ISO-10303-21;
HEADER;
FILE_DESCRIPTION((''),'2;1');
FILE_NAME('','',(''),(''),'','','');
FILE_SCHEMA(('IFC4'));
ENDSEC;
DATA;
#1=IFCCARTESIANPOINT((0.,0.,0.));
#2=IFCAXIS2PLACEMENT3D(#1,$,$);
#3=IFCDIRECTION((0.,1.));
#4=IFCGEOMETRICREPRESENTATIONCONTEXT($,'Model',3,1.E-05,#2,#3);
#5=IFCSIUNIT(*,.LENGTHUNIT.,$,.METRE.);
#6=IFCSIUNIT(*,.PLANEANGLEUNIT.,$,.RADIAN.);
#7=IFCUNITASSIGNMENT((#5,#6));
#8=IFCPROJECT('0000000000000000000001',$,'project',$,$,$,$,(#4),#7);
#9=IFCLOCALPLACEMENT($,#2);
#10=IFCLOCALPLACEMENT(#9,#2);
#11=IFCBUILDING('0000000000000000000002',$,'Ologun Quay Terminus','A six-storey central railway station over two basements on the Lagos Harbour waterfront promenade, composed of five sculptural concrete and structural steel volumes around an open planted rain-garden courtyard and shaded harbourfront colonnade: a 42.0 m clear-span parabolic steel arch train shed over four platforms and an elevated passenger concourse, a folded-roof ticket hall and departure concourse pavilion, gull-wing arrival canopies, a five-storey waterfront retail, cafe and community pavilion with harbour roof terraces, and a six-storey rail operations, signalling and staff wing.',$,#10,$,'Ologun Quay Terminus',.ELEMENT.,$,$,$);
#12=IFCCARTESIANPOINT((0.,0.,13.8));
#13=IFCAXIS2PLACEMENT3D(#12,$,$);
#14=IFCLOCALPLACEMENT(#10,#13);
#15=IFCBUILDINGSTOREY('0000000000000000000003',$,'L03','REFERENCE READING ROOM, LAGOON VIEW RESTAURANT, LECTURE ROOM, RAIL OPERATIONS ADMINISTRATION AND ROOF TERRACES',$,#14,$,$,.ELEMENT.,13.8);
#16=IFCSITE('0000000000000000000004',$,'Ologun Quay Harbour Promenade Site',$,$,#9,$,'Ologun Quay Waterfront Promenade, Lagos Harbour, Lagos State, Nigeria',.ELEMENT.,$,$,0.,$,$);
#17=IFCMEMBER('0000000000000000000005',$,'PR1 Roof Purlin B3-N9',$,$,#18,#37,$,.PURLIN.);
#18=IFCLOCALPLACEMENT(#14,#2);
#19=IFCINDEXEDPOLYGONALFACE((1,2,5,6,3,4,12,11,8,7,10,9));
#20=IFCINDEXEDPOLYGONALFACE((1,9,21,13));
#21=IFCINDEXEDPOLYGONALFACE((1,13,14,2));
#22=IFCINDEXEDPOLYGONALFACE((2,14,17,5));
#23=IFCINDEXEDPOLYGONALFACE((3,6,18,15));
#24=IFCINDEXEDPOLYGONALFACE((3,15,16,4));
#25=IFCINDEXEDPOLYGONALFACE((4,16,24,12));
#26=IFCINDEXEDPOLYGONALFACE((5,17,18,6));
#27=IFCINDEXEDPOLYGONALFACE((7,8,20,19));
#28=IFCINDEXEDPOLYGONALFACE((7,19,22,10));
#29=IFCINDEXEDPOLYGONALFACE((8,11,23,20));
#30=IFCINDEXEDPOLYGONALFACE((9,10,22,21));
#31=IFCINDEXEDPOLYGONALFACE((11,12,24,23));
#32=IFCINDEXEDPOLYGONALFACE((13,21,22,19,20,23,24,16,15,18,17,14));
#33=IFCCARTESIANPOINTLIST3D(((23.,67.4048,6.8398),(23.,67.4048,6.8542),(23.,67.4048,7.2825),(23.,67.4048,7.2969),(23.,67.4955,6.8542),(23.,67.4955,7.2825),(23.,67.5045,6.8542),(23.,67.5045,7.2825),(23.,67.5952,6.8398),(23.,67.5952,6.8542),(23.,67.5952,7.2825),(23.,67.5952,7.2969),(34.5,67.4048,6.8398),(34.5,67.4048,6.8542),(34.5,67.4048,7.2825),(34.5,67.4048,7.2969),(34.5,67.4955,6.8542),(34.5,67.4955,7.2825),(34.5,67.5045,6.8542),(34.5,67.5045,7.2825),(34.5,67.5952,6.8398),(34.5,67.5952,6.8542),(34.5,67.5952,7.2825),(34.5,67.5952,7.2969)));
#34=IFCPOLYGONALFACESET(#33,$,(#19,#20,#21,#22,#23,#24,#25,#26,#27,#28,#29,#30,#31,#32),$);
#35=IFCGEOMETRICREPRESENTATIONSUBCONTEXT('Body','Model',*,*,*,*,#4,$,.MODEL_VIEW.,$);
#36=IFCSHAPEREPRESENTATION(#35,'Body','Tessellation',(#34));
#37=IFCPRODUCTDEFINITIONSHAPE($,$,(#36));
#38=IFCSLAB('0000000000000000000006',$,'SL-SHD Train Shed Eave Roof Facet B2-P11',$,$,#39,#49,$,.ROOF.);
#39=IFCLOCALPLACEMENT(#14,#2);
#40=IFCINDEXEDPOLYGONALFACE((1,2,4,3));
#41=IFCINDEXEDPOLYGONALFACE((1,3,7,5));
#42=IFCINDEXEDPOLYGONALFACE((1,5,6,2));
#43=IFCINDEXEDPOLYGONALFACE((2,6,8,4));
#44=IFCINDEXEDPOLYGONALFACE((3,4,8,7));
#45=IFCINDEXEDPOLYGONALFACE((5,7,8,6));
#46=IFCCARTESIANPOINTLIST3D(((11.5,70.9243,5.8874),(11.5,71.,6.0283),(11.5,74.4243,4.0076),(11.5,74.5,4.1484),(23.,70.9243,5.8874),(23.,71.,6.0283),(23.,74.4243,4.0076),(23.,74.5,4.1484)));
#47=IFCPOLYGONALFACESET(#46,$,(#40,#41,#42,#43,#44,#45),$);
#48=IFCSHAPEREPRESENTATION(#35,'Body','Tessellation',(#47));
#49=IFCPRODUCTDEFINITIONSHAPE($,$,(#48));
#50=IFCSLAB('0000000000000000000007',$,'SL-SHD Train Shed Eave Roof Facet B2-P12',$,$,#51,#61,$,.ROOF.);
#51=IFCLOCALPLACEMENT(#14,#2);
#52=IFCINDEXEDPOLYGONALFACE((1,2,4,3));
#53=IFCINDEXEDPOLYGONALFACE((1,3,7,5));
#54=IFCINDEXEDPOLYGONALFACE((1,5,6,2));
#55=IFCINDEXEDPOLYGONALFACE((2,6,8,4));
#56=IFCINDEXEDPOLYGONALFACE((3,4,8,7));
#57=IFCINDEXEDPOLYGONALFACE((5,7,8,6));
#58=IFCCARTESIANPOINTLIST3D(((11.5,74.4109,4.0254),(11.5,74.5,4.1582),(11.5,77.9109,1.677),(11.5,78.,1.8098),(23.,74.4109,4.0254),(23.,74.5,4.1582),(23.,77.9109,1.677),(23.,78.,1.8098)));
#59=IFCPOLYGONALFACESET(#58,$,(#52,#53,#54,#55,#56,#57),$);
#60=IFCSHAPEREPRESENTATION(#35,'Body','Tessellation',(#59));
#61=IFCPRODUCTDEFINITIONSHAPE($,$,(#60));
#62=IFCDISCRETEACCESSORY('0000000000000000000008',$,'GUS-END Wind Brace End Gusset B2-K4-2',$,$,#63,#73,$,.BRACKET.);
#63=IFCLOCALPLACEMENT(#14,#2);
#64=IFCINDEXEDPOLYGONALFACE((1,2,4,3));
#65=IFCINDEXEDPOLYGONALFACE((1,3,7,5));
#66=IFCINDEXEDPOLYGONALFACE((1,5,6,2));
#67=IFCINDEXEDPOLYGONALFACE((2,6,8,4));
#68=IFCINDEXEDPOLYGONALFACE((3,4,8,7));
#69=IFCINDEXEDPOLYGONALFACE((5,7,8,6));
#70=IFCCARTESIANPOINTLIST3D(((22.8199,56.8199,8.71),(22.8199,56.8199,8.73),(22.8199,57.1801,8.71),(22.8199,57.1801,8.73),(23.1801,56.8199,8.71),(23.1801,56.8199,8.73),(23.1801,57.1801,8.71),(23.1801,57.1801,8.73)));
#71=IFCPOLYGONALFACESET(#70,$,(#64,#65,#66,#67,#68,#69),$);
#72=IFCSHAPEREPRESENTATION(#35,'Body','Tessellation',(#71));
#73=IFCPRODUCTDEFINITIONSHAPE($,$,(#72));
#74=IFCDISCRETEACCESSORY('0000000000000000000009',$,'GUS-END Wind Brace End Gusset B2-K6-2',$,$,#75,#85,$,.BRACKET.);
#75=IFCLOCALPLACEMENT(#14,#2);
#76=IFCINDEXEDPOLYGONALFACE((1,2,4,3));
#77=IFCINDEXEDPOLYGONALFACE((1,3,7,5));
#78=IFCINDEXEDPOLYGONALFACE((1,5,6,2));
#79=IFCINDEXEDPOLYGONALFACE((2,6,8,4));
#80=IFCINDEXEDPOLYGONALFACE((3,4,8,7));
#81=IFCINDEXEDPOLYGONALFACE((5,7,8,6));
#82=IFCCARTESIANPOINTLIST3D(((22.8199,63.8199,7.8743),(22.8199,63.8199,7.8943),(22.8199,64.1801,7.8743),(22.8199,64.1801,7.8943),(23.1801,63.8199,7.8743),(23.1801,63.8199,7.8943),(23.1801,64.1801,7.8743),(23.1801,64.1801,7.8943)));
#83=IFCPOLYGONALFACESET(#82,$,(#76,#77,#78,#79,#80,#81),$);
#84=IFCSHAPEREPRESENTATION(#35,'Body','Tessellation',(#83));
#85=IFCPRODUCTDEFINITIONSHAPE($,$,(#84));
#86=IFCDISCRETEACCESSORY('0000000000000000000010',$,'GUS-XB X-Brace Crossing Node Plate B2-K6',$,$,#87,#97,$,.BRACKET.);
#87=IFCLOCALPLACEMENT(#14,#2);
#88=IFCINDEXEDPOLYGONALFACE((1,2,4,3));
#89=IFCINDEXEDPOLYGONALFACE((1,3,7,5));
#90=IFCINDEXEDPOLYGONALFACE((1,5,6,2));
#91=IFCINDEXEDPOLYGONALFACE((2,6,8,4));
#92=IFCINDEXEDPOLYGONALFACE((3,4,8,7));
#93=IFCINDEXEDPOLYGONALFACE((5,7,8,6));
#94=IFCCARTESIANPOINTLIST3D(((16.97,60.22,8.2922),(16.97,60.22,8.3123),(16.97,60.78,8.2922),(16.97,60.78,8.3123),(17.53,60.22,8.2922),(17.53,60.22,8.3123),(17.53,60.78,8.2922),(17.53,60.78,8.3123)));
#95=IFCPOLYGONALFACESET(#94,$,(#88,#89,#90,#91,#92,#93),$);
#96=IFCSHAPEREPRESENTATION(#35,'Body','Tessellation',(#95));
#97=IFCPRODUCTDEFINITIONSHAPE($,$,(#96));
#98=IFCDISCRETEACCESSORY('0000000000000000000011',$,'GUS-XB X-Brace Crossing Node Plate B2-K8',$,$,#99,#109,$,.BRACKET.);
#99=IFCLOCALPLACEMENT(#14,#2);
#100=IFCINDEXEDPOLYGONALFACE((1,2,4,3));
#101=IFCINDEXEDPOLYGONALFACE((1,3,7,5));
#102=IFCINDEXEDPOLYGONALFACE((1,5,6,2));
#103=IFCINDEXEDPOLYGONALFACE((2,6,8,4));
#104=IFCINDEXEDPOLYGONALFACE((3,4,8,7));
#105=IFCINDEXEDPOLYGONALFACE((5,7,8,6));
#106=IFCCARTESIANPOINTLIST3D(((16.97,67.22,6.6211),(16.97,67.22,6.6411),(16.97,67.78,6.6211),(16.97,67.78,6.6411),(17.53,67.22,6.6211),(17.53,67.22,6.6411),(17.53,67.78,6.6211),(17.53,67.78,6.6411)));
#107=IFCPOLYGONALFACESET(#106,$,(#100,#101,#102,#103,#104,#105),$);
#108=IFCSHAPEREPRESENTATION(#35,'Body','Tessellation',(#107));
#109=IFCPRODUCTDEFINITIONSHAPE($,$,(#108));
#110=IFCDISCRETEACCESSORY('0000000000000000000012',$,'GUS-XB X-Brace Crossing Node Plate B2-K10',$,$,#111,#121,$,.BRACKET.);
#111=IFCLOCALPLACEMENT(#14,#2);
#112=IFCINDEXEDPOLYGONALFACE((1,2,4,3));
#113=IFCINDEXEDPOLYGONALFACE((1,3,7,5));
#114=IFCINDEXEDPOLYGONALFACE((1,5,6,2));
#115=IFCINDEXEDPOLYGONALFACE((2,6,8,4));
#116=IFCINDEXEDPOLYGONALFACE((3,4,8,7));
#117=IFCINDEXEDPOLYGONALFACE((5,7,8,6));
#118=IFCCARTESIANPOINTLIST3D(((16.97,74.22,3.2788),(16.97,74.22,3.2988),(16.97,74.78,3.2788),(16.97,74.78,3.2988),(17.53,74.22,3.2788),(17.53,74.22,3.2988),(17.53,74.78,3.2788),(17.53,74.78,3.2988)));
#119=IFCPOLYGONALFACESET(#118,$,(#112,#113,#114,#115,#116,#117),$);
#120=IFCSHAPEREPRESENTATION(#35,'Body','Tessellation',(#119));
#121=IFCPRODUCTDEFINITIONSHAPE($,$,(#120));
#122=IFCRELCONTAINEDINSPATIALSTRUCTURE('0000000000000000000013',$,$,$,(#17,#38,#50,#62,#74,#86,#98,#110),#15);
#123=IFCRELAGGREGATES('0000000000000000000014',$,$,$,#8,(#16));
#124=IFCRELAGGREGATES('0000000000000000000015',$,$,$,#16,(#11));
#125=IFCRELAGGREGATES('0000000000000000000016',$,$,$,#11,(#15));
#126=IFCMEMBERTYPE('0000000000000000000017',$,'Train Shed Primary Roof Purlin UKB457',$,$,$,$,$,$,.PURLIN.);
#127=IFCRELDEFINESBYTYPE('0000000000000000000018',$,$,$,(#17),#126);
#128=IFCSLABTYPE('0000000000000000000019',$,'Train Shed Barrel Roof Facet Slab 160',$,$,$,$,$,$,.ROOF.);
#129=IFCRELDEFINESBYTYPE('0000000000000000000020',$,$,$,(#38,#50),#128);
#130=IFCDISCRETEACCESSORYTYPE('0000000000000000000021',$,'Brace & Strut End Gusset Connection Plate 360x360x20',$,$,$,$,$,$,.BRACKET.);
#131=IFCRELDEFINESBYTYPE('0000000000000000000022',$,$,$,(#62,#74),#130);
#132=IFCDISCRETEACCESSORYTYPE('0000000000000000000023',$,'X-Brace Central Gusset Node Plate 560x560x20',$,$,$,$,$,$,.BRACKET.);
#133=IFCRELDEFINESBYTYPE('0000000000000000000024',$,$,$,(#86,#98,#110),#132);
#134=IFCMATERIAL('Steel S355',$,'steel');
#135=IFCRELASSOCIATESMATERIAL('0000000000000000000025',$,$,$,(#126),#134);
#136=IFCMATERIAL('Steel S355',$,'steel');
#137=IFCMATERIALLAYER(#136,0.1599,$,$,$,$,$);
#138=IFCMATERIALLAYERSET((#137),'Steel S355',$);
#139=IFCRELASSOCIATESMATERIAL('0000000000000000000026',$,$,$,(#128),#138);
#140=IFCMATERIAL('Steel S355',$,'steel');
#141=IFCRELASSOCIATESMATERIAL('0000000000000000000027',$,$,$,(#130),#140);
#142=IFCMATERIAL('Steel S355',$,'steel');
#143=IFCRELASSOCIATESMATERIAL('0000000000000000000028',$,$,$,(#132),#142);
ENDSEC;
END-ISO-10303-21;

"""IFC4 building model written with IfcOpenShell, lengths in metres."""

from ifc_helpers import new_model, si_unit, direction, frame, origin, origin_2d, place, context, subcontext, project, spatial, polyline, rectangle, i_section, outline, extrude, material, layer, layer_set, material_profile, profile_set, type_object, element, save


model = new_model("IFC4")

# Units and contexts
model_context = context("Model", 3, precision=1e-05, world=origin(), true_north=direction((0.0, 1.0)))
body_context = subcontext(model_context, "Body", "Model", "MODEL_VIEW")
ifc_project = project(units=[si_unit("LENGTHUNIT", "METRE"), si_unit("PLANEANGLEUNIT", "RADIAN")], contexts=[model_context])

# Site, building, storey
site_placement = place(None, origin())
site = spatial("IfcSite", under=ifc_project, at=site_placement, Name="Ologun Quay Harbour Promenade Site", LongName="Ologun Quay Waterfront Promenade, Lagos Harbour, Lagos State, Nigeria", CompositionType="ELEMENT", RefElevation=0.0)
building_placement = place(site_placement, origin())
building = spatial("IfcBuilding", under=site, at=building_placement, Name="Ologun Quay Terminus", Description="A six-storey central railway station over two basements on the Lagos Harbour waterfront promenade, composed of five sculptural concrete and structural steel volumes around an open planted rain-garden courtyard and shaded harbourfront colonnade: a 42.0 m clear-span parabolic steel arch train shed over four platforms and an elevated passenger concourse, a folded-roof ticket hall and departure concourse pavilion, gull-wing arrival canopies, a five-storey waterfront retail, cafe and community pavilion with harbour roof terraces, and a six-storey rail operations, signalling and staff wing.", LongName="Ologun Quay Terminus", CompositionType="ELEMENT")
storey_placement = place(building_placement, frame((0.0, 0.0, 13.8)))
storey = spatial("IfcBuildingStorey", under=building, at=storey_placement, Name="L03", Description="REFERENCE READING ROOM, LAGOON VIEW RESTAURANT, LECTURE ROOM, RAIL OPERATIONS ADMINISTRATION AND ROOF TERRACES", CompositionType="ELEMENT", Elevation=13.8)

# Member
ifc_material_1 = material(Name="Steel S355", Category="steel")
ifc_material_profile_1 = material_profile(ifc_material_1, i_section(OverallWidth=0.1904, OverallDepth=0.457, WebThickness=0.009, FlangeThickness=0.0144, at=origin_2d()), Name="UKB 457x191x74")
ifc_profile_set_1 = profile_set([ifc_material_profile_1], Name="Steel S355")
member_type_1 = type_object("IfcMemberType", Name="Train Shed Primary Roof Purlin UKB457", PredefinedType="PURLIN", material=ifc_profile_set_1)
for number, where, z_axis, x_axis, name in (
    (1, (23.0, 67.5, 7.0684), (1.0, 0.0, 0.0), (0.0, 1.0, 0.0), "PR1 Roof Purlin B3-N9"),
):
    element("IfcMember", number, at=place(storey_placement, frame(where, z_axis=z_axis, x_axis=x_axis)), inside=storey, type_object=member_type_1, Name=name, PredefinedType="PURLIN", context=body_context, shape_type="SweptSolid", body=[
        extrude(i_section(OverallWidth=0.1904, OverallDepth=0.457, WebThickness=0.009, FlangeThickness=0.0144, at=origin_2d()), origin(), (0.0, 0.0, 1.0), 11.5),
    ])

# Slabs
ifc_material_2 = material(Name="Steel S355", Category="steel")
ifc_layer = layer(ifc_material_2, 0.1599)
ifc_layer_set = layer_set([ifc_layer], Name="Steel S355")
slab_type = type_object("IfcSlabType", Name="Train Shed Barrel Roof Facet Slab 160", PredefinedType="ROOF", material=ifc_layer_set)
slab_1_placement = place(storey_placement, frame((11.5, 71.0, 6.0283), z_axis=(0.0, 0.473176, 0.880968), x_axis=(1.0, 0.0, 0.0)))
element("IfcSlab", 2, at=slab_1_placement, inside=storey, type_object=slab_type, Name="SL-SHD Train Shed Eave Roof Facet B2-P11", PredefinedType="ROOF", context=body_context, shape_type="SweptSolid", body=[
    extrude(outline(polyline([(0.0, 0.0), (11.5, 0.0), (11.5, 3.9729), (0.0, 3.9729), (0.0, 0.0)])), origin(), (0.0, 0.0, -1.0), 0.1599),
])
slab_2_placement = place(storey_placement, frame((11.5, 74.5, 4.1582), z_axis=(0.0, 0.557171, 0.830398), x_axis=(1.0, 0.0, 0.0)))
element("IfcSlab", 3, at=slab_2_placement, inside=storey, type_object=slab_type, Name="SL-SHD Train Shed Eave Roof Facet B2-P12", PredefinedType="ROOF", context=body_context, shape_type="SweptSolid", body=[
    extrude(outline(polyline([(0.0, 0.0), (11.5, 0.0), (11.5, 4.2148), (0.0, 4.2148), (0.0, 0.0)])), origin(), (0.0, 0.0, -1.0), 0.1599),
])

# Discrete accessories
ifc_material_3 = material(Name="Steel S355", Category="steel")
discrete_accessory_type_1 = type_object("IfcDiscreteAccessoryType", Name="Brace & Strut End Gusset Connection Plate 360x360x20", PredefinedType="BRACKET", material=ifc_material_3)
for number, where, z_axis, x_axis, name in (
    (4, (23.0, 57.0, 8.71), (0.0, 0.0, 1.0), (1.0, 0.0, 0.0), "GUS-END Wind Brace End Gusset B2-K4-2"),
    (5, (23.0, 64.0, 7.8743), (0.0, 0.0, 1.0), (1.0, 0.0, 0.0), "GUS-END Wind Brace End Gusset B2-K6-2"),
):
    element("IfcDiscreteAccessory", number, at=place(storey_placement, frame(where, z_axis=z_axis, x_axis=x_axis)), inside=storey, type_object=discrete_accessory_type_1, Name=name, PredefinedType="BRACKET", context=body_context, shape_type="SweptSolid", body=[
        extrude(rectangle(XDim=0.3601, YDim=0.3601, at=origin_2d()), origin(), (0.0, 0.0, 1.0), 0.02),
    ])
ifc_material_4 = material(Name="Steel S355", Category="steel")
discrete_accessory_type_2 = type_object("IfcDiscreteAccessoryType", Name="X-Brace Central Gusset Node Plate 560x560x20", PredefinedType="BRACKET", material=ifc_material_4)
for number, where, z_axis, x_axis, name in (
    (6, (17.25, 60.5, 8.2922), (0.0, 0.0, 1.0), (1.0, 0.0, 0.0), "GUS-XB X-Brace Crossing Node Plate B2-K6"),
    (7, (17.25, 67.5, 6.6211), (0.0, 0.0, 1.0), (1.0, 0.0, 0.0), "GUS-XB X-Brace Crossing Node Plate B2-K8"),
    (8, (17.25, 74.5, 3.2788), (0.0, 0.0, 1.0), (1.0, 0.0, 0.0), "GUS-XB X-Brace Crossing Node Plate B2-K10"),
):
    element("IfcDiscreteAccessory", number, at=place(storey_placement, frame(where, z_axis=z_axis, x_axis=x_axis)), inside=storey, type_object=discrete_accessory_type_2, Name=name, PredefinedType="BRACKET", context=body_context, shape_type="SweptSolid", body=[
        extrude(rectangle(XDim=0.5601, YDim=0.5601, at=origin_2d()), origin(), (0.0, 0.0, 1.0), 0.02),
    ])

save(model, "model.ifc")
